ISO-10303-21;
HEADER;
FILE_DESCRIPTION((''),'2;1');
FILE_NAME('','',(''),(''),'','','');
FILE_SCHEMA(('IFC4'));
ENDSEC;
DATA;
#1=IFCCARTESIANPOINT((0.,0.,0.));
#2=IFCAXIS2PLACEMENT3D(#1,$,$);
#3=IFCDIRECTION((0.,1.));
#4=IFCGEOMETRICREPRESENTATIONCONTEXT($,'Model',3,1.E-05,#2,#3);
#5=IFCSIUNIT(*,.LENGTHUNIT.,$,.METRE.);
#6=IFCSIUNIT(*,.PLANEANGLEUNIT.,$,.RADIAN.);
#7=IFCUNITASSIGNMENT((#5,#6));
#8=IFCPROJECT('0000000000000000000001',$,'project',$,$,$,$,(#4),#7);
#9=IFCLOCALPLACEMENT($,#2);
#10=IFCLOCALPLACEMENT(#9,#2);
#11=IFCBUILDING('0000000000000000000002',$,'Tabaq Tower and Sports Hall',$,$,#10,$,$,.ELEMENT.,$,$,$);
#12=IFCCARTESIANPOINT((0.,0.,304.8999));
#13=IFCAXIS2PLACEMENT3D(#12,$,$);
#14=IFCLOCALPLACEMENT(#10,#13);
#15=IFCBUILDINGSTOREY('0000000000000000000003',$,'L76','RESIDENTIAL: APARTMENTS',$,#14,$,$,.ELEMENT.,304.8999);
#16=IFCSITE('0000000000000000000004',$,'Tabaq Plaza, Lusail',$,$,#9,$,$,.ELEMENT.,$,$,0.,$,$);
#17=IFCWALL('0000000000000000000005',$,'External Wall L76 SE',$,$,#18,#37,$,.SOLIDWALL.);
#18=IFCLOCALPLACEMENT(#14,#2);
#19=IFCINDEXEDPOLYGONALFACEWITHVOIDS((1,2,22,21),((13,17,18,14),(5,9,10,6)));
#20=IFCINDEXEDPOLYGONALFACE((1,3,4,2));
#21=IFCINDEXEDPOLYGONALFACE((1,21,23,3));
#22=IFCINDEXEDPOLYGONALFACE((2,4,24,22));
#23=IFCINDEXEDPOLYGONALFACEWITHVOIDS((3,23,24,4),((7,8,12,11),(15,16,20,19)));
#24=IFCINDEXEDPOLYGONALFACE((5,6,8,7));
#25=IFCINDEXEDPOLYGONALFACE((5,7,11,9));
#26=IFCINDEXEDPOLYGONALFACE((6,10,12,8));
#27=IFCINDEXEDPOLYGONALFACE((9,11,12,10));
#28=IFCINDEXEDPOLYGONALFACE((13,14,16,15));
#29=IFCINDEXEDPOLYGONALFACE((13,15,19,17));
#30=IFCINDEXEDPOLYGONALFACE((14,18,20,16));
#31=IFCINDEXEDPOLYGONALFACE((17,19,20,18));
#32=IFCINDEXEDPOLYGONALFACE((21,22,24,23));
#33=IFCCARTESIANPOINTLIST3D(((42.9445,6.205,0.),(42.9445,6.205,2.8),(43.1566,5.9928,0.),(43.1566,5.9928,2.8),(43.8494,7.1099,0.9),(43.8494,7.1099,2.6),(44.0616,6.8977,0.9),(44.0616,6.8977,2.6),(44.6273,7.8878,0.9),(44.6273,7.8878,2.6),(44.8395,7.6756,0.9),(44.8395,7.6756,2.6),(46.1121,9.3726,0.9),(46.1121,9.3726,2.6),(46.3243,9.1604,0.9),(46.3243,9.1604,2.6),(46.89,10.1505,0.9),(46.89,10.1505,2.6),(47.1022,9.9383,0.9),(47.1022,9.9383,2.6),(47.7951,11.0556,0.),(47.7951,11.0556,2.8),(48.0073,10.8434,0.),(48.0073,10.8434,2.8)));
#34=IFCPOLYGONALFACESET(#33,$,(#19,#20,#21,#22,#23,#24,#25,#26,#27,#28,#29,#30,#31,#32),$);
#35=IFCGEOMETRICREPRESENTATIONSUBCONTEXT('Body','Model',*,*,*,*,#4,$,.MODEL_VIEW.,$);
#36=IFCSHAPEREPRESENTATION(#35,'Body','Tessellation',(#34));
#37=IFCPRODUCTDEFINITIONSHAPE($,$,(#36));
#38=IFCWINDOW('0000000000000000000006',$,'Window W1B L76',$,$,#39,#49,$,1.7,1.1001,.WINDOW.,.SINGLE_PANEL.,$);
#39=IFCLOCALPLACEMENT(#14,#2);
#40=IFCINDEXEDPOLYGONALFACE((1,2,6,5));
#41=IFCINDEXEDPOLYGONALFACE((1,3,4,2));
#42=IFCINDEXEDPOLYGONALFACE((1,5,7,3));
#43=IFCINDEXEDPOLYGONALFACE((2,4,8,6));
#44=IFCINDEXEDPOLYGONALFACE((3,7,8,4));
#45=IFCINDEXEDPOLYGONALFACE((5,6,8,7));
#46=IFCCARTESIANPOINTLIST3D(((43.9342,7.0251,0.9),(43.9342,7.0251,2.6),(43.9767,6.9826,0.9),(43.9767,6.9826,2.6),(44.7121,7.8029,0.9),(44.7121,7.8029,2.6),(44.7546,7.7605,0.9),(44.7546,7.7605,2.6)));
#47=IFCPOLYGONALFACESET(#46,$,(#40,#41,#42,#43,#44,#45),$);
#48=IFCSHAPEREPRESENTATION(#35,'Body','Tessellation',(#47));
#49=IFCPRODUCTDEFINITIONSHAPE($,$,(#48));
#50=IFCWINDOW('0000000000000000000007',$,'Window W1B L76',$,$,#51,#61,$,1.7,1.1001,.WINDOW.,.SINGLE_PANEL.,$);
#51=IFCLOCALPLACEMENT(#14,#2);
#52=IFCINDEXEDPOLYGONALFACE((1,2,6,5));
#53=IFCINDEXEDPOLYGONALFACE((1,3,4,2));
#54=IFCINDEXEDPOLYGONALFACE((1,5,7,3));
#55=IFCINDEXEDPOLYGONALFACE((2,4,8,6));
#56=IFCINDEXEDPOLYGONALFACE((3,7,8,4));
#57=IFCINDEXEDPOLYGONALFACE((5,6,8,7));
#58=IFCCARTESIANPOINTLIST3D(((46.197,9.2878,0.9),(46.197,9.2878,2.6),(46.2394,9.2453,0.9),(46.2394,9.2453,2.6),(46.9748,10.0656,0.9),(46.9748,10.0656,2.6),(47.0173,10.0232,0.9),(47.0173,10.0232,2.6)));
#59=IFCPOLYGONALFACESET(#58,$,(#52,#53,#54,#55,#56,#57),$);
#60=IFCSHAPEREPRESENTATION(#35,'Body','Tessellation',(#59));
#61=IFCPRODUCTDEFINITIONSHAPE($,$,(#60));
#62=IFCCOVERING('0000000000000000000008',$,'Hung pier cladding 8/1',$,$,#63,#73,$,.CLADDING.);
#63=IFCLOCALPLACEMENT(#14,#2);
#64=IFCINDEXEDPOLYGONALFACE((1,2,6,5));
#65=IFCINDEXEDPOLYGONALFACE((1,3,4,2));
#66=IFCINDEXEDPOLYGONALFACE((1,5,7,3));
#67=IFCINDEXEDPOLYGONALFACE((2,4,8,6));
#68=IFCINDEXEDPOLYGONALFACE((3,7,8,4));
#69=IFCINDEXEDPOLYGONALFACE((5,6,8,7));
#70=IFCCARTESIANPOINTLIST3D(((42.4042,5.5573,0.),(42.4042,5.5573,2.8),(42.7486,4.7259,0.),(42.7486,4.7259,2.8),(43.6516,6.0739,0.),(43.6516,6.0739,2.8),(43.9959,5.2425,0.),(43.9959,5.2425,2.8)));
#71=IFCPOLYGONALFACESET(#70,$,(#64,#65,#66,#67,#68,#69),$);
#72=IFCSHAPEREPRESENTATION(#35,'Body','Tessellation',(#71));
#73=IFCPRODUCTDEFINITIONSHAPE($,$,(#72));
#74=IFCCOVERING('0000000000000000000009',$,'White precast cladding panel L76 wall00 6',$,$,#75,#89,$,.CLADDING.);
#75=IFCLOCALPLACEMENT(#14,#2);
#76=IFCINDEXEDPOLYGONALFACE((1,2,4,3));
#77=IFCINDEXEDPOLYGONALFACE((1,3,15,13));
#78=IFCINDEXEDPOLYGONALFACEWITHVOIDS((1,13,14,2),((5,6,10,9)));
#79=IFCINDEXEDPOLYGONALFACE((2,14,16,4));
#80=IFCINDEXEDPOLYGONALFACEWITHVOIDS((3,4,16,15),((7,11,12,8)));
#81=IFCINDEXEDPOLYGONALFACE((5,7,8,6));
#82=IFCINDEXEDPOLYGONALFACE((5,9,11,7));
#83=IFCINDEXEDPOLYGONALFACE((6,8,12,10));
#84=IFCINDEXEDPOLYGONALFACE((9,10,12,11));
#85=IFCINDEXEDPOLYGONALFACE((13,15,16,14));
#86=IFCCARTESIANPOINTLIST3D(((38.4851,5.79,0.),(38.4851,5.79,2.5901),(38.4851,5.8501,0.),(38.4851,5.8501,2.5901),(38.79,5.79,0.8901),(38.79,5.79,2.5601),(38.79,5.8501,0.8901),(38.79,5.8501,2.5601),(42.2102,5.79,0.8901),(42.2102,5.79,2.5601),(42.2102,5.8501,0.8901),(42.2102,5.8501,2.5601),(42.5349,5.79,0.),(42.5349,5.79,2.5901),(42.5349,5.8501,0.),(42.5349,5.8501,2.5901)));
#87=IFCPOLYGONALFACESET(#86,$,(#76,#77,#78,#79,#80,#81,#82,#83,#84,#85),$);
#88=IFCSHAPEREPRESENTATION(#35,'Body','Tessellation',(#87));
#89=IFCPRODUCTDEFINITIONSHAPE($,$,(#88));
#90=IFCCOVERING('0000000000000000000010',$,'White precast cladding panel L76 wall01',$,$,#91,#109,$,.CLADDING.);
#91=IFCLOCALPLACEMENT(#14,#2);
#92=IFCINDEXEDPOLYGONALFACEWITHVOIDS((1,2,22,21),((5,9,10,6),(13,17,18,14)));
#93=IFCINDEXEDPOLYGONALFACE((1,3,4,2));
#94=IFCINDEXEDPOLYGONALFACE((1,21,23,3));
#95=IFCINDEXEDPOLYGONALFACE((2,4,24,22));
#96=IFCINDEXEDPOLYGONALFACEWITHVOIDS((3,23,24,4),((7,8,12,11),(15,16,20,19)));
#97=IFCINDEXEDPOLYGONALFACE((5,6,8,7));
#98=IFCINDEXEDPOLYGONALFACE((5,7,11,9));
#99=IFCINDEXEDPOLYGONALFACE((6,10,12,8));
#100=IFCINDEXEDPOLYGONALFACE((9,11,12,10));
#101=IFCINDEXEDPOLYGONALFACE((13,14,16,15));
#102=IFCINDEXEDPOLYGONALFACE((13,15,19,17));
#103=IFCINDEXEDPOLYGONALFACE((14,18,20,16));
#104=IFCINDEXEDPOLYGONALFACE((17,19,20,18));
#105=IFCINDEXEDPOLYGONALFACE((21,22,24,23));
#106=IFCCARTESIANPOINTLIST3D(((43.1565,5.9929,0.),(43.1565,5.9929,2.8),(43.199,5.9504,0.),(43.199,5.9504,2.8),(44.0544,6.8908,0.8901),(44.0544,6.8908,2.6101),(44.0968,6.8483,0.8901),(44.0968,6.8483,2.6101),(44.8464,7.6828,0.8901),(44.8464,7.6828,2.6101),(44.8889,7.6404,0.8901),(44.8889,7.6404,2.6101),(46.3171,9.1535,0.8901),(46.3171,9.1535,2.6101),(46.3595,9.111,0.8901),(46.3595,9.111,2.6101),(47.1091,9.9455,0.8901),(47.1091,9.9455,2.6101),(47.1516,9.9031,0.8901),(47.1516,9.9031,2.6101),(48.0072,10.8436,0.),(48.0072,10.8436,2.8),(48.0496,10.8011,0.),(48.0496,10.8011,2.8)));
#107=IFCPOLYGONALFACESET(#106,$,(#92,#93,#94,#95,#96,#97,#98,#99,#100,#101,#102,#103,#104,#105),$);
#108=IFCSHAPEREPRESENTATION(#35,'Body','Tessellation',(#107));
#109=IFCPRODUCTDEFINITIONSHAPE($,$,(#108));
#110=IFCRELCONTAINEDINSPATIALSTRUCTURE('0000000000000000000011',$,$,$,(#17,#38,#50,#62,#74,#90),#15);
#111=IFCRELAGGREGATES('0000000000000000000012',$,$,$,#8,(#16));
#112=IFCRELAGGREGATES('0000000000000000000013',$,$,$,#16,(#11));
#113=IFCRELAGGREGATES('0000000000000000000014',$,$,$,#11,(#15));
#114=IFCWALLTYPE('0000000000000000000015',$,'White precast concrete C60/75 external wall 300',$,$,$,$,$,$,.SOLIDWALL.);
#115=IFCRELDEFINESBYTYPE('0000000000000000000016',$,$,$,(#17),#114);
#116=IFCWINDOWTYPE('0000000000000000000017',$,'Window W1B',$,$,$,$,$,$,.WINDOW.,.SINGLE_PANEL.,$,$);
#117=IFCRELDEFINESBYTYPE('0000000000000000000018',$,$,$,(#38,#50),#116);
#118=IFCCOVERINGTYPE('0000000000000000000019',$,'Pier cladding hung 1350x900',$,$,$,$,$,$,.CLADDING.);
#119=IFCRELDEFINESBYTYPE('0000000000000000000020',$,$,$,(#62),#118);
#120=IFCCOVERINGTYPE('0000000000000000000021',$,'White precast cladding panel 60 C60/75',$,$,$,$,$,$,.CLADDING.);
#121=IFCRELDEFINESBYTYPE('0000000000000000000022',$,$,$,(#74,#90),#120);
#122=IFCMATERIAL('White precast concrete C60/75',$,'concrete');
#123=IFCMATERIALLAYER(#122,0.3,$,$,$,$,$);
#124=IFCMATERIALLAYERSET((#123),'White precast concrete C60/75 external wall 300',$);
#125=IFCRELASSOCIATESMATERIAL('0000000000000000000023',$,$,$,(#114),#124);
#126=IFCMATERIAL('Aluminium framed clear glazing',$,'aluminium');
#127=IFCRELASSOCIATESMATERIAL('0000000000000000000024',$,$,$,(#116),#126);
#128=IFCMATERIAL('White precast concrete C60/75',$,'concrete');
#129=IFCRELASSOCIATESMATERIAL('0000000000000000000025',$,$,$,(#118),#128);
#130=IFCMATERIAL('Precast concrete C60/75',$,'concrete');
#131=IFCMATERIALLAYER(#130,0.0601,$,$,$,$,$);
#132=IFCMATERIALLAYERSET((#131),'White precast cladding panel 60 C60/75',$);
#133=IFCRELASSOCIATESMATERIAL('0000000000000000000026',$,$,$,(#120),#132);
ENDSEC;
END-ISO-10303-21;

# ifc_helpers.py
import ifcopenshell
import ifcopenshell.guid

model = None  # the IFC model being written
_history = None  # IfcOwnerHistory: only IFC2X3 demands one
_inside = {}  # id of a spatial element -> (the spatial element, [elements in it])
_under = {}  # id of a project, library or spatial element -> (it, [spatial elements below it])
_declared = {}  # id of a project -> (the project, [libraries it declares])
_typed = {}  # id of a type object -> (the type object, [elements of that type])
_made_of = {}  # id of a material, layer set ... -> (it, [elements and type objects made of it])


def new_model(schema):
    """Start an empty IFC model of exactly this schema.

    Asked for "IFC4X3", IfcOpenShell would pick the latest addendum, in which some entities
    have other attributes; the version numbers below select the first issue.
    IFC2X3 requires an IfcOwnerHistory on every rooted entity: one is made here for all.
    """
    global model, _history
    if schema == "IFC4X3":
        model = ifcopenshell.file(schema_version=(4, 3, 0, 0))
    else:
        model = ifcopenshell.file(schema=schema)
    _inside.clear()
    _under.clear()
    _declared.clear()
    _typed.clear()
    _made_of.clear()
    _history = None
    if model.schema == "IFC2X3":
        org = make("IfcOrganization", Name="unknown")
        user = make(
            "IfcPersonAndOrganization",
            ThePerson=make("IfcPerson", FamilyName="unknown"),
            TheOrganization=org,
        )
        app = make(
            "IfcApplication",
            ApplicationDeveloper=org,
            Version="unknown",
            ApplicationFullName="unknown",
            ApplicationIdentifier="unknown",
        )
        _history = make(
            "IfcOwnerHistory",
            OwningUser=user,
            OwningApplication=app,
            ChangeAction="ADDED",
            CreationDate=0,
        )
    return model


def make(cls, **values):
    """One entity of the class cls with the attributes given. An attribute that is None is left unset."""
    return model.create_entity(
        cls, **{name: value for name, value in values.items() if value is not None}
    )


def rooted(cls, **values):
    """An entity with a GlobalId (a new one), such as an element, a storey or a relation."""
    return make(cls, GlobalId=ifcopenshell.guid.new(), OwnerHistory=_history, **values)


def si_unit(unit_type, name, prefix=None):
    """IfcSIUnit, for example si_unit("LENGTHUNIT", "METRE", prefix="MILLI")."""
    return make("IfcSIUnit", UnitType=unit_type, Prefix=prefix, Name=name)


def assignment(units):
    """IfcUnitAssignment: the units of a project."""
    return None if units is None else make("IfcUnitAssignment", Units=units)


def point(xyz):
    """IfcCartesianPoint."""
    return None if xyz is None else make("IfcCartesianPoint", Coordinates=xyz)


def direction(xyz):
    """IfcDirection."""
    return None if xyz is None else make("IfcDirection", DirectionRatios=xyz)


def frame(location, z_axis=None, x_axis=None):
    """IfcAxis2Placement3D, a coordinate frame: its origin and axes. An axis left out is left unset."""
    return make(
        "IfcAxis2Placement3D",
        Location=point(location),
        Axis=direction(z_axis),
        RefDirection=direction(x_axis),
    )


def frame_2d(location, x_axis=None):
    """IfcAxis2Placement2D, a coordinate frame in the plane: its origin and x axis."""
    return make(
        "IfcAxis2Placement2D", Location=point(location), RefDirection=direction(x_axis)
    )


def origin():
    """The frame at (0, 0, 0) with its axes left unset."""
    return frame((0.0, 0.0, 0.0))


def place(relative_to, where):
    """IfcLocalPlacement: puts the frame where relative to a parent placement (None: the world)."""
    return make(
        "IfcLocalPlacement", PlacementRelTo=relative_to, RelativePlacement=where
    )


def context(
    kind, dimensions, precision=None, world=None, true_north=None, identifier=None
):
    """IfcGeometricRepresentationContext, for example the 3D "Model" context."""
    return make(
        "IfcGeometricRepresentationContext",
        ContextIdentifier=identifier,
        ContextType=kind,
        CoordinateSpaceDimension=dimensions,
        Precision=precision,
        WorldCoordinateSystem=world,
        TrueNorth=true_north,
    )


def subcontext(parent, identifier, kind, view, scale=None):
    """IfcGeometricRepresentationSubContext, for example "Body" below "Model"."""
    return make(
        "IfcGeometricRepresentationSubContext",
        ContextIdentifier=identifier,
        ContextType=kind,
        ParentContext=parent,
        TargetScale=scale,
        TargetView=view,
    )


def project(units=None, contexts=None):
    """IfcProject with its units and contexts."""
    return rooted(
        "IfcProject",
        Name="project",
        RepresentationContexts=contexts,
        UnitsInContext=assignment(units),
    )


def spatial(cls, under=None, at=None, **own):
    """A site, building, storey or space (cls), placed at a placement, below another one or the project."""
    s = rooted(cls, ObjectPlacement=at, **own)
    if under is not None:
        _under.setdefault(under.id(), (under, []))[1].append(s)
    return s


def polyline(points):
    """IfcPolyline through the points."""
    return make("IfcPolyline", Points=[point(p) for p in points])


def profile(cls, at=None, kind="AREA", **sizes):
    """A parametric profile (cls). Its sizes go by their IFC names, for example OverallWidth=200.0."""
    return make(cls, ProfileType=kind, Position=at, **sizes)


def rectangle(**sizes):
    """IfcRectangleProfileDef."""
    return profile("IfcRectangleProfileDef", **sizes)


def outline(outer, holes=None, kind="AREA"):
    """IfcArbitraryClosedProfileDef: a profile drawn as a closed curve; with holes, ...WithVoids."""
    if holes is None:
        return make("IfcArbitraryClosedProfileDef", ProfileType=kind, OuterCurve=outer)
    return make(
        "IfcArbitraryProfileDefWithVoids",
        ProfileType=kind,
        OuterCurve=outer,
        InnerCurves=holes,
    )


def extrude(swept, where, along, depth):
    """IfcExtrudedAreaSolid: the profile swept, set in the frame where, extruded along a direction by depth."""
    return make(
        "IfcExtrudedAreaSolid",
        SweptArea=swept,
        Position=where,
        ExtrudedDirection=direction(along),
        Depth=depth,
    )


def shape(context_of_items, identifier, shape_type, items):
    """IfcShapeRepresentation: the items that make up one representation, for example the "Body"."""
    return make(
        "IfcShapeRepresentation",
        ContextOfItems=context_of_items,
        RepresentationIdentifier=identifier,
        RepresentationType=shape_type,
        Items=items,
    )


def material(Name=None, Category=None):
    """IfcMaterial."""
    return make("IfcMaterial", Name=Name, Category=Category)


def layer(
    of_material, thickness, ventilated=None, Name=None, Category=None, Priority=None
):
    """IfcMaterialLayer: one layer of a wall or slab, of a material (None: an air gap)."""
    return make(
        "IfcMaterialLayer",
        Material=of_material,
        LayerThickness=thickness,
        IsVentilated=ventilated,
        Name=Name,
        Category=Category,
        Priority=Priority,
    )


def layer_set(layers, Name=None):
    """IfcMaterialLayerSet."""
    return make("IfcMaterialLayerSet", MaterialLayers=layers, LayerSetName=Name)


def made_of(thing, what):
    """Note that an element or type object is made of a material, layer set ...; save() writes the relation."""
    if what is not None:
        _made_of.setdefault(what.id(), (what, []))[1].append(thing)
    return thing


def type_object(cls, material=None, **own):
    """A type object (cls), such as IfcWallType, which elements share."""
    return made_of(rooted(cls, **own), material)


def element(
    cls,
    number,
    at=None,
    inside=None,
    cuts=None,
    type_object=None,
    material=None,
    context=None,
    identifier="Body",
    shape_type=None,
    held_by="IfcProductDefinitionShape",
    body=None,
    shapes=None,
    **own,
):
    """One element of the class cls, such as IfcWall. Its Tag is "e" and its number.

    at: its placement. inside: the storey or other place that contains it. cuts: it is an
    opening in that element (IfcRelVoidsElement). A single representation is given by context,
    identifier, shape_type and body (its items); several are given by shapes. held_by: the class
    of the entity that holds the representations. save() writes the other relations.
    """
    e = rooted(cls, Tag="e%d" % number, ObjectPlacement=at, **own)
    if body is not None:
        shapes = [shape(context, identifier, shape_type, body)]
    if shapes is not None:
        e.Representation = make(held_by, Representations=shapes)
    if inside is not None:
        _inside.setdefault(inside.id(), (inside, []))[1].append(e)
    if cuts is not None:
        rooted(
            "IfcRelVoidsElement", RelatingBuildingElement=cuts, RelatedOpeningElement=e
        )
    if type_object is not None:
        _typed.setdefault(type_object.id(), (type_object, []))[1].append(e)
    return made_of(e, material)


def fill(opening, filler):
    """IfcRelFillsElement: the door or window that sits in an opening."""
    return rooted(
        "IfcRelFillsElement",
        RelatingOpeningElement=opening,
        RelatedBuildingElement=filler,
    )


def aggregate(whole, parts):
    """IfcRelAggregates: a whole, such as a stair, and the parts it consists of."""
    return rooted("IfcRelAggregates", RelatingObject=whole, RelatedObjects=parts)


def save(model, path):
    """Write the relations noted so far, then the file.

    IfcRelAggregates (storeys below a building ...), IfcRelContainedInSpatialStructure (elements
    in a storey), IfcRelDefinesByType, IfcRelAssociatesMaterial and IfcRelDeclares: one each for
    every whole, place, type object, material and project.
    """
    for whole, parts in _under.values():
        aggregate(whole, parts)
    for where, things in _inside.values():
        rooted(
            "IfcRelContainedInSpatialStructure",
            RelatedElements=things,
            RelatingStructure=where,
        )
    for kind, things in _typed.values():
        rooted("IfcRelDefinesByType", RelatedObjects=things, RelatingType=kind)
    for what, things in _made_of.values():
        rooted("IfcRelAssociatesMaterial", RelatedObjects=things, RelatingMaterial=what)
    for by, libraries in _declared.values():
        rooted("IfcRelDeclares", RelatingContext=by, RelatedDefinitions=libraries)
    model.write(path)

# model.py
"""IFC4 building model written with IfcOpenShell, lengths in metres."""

from ifc_helpers import new_model, si_unit, direction, frame, frame_2d, origin, place, context, subcontext, project, spatial, polyline, rectangle, outline, extrude, material, layer, layer_set, type_object, element, fill, save


model = new_model("IFC4")

# Units and contexts
model_context = context("Model", 3, precision=1e-05, world=origin(), true_north=direction((0.0, 1.0)))
body_context = subcontext(model_context, "Body", "Model", "MODEL_VIEW")
ifc_project = project(units=[si_unit("LENGTHUNIT", "METRE"), si_unit("PLANEANGLEUNIT", "RADIAN")], contexts=[model_context])

# Site, building, storey
site_placement = place(None, origin())
site = spatial("IfcSite", under=ifc_project, at=site_placement, Name="Tabaq Plaza, Lusail", CompositionType="ELEMENT", RefElevation=0.0)
building_placement = place(site_placement, origin())
building = spatial("IfcBuilding", under=site, at=building_placement, Name="Tabaq Tower and Sports Hall", CompositionType="ELEMENT")
storey_placement = place(building_placement, frame((0.0, 0.0, 304.8999)))
storey = spatial("IfcBuildingStorey", under=building, at=storey_placement, Name="L76", Description="RESIDENTIAL: APARTMENTS", CompositionType="ELEMENT", Elevation=304.8999)

# Wall, openings, windows
ifc_material_1 = material(Name="White precast concrete C60/75", Category="concrete")
ifc_layer_1 = layer(ifc_material_1, 0.3)
ifc_layer_set_1 = layer_set([ifc_layer_1], Name="White precast concrete C60/75 external wall 300")
wall_type_1 = type_object("IfcWallType", Name="White precast concrete C60/75 external wall 300", PredefinedType="SOLIDWALL", material=ifc_layer_set_1)
wall_1_placement = place(storey_placement, frame((43.0505, 6.0989, 0.0), z_axis=(0.0, 0.0, 1.0), x_axis=(0.707107, 0.707107, 0.0)))
wall_1 = element("IfcWall", 1, at=wall_1_placement, inside=storey, type_object=wall_type_1, Name="External Wall L76 SE", PredefinedType="SOLIDWALL", context=body_context, shape_type="SweptSolid", body=[
    extrude(rectangle(XDim=6.8599, YDim=0.3, at=frame_2d((3.4299, 0.0))), origin(), (0.0, 0.0, 1.0), 2.8),
])
opening_1_placement = place(wall_1_placement, frame((1.2798, 0.0, 0.8999)))
opening_1 = element("IfcOpeningElement", 2, at=opening_1_placement, cuts=wall_1, PredefinedType="OPENING", context=body_context, shape_type="SweptSolid", body=[
    extrude(rectangle(XDim=1.1001, YDim=1.7, at=frame_2d((0.55, 0.8501))), frame((0.0, 0.1602, 0.0), z_axis=(0.0, -1.0, 0.0), x_axis=(1.0, 0.0, 0.0)), (0.0, 0.0, 1.0), 0.3201),
])
opening_2_placement = place(wall_1_placement, frame((4.4797, 0.0, 0.8999)))
opening_2 = element("IfcOpeningElement", 3, at=opening_2_placement, cuts=wall_1, PredefinedType="OPENING", context=body_context, shape_type="SweptSolid", body=[
    extrude(rectangle(XDim=1.1001, YDim=1.7, at=frame_2d((0.55, 0.8501))), frame((0.0, 0.1602, 0.0), z_axis=(0.0, -1.0, 0.0), x_axis=(1.0, 0.0, 0.0)), (0.0, 0.0, 1.0), 0.3201),
])
ifc_material_2 = material(Name="Aluminium framed clear glazing", Category="aluminium")
window_type = type_object("IfcWindowType", Name="Window W1B", PartitioningType="SINGLE_PANEL", PredefinedType="WINDOW", material=ifc_material_2)
window_1_placement = place(opening_1_placement, origin())
window_1 = element("IfcWindow", 4, at=window_1_placement, inside=storey, type_object=window_type, Name="Window W1B L76", OverallHeight=1.7, OverallWidth=1.1001, PartitioningType="SINGLE_PANEL", PredefinedType="WINDOW", context=body_context, shape_type="SweptSolid", body=[
    extrude(rectangle(XDim=1.1001, YDim=1.7, at=frame_2d((0.55, 0.8501))), frame((0.0, 0.03, 0.0), z_axis=(0.0, -1.0, 0.0), x_axis=(1.0, 0.0, 0.0)), (0.0, 0.0, 1.0), 0.0601),
])
fill(opening_1, window_1)
window_2_placement = place(opening_2_placement, origin())
window_2 = element("IfcWindow", 5, at=window_2_placement, inside=storey, type_object=window_type, Name="Window W1B L76", OverallHeight=1.7, OverallWidth=1.1001, PartitioningType="SINGLE_PANEL", PredefinedType="WINDOW", context=body_context, shape_type="SweptSolid", body=[
    extrude(rectangle(XDim=1.1001, YDim=1.7, at=frame_2d((0.55, 0.8501))), frame((0.0, 0.03, 0.0), z_axis=(0.0, -1.0, 0.0), x_axis=(1.0, 0.0, 0.0)), (0.0, 0.0, 1.0), 0.0601),
])
fill(opening_2, window_2)

# Coverings
ifc_material_3 = material(Name="White precast concrete C60/75", Category="concrete")
covering_type_1 = type_object("IfcCoveringType", Name="Pier cladding hung 1350x900", PredefinedType="CLADDING", material=ifc_material_3)
covering_1_placement = place(storey_placement, frame((42.5764, 5.1416, 0.0), z_axis=(0.0, 0.0, 1.0), x_axis=(0.923893, 0.38265, 0.0)))
element("IfcCovering", 6, at=covering_1_placement, inside=storey, type_object=covering_type_1, Name="Hung pier cladding 8/1", PredefinedType="CLADDING", context=body_context, shape_type="SweptSolid", body=[
    extrude(rectangle(XDim=1.3501, YDim=0.8999, at=frame_2d((0.675, 0.0))), origin(), (0.0, 0.0, 1.0), 2.8),
])
ifc_material_4 = material(Name="Precast concrete C60/75", Category="concrete")
ifc_layer_2 = layer(ifc_material_4, 0.0601)
ifc_layer_set_2 = layer_set([ifc_layer_2], Name="White precast cladding panel 60 C60/75")
covering_type_2 = type_object("IfcCoveringType", Name="White precast cladding panel 60 C60/75", PredefinedType="CLADDING", material=ifc_layer_set_2)
covering_2_placement = place(storey_placement, frame((38.4851, 5.8201, 0.0), z_axis=(0.0, 0.0, 1.0), x_axis=(1.0, 0.0, 0.0)))
element("IfcCovering", 7, at=covering_2_placement, inside=storey, type_object=covering_type_2, Name="White precast cladding panel L76 wall00 6", PredefinedType="CLADDING", context=body_context, shape_type="SweptSolid", body=[
    extrude(outline(polyline([(0.0, 0.0), (4.0498, 0.0), (4.0498, 2.5901), (0.0, 2.5901), (0.0, 0.0)]), holes=[polyline([(3.7251, 0.8901), (0.3049, 0.8901), (0.3049, 2.5601), (3.7251, 2.5601), (3.7251, 0.8901)])]), frame((0.0, 0.03, 0.0), z_axis=(0.0, -1.0, 0.0), x_axis=(1.0, 0.0, 0.0)), (0.0, 0.0, 1.0), 0.0601),
])
covering_3_placement = place(storey_placement, frame((43.1777, 5.9717, 0.0), z_axis=(0.0, 0.0, 1.0), x_axis=(0.707107, 0.707107, 0.0)))
element("IfcCovering", 8, at=covering_3_placement, inside=storey, type_object=covering_type_2, Name="White precast cladding panel L76 wall01", PredefinedType="CLADDING", context=body_context, shape_type="SweptSolid", body=[
    extrude(outline(polyline([(0.0, 0.0), (6.8599, 0.0), (6.8599, 2.8), (0.0, 2.8), (0.0, 0.0)]), holes=[polyline([(1.2698, 2.6101), (2.3899, 2.6101), (2.3899, 0.8901), (1.2698, 0.8901), (1.2698, 2.6101)]), polyline([(4.4697, 2.6101), (5.5898, 2.6101), (5.5898, 0.8901), (4.4697, 0.8901), (4.4697, 2.6101)])]), frame((0.0, 0.03, 0.0), z_axis=(0.0, -1.0, 0.0), x_axis=(1.0, 0.0, 0.0)), (0.0, 0.0, 1.0), 0.0601),
])

save(model, "model.ifc")
